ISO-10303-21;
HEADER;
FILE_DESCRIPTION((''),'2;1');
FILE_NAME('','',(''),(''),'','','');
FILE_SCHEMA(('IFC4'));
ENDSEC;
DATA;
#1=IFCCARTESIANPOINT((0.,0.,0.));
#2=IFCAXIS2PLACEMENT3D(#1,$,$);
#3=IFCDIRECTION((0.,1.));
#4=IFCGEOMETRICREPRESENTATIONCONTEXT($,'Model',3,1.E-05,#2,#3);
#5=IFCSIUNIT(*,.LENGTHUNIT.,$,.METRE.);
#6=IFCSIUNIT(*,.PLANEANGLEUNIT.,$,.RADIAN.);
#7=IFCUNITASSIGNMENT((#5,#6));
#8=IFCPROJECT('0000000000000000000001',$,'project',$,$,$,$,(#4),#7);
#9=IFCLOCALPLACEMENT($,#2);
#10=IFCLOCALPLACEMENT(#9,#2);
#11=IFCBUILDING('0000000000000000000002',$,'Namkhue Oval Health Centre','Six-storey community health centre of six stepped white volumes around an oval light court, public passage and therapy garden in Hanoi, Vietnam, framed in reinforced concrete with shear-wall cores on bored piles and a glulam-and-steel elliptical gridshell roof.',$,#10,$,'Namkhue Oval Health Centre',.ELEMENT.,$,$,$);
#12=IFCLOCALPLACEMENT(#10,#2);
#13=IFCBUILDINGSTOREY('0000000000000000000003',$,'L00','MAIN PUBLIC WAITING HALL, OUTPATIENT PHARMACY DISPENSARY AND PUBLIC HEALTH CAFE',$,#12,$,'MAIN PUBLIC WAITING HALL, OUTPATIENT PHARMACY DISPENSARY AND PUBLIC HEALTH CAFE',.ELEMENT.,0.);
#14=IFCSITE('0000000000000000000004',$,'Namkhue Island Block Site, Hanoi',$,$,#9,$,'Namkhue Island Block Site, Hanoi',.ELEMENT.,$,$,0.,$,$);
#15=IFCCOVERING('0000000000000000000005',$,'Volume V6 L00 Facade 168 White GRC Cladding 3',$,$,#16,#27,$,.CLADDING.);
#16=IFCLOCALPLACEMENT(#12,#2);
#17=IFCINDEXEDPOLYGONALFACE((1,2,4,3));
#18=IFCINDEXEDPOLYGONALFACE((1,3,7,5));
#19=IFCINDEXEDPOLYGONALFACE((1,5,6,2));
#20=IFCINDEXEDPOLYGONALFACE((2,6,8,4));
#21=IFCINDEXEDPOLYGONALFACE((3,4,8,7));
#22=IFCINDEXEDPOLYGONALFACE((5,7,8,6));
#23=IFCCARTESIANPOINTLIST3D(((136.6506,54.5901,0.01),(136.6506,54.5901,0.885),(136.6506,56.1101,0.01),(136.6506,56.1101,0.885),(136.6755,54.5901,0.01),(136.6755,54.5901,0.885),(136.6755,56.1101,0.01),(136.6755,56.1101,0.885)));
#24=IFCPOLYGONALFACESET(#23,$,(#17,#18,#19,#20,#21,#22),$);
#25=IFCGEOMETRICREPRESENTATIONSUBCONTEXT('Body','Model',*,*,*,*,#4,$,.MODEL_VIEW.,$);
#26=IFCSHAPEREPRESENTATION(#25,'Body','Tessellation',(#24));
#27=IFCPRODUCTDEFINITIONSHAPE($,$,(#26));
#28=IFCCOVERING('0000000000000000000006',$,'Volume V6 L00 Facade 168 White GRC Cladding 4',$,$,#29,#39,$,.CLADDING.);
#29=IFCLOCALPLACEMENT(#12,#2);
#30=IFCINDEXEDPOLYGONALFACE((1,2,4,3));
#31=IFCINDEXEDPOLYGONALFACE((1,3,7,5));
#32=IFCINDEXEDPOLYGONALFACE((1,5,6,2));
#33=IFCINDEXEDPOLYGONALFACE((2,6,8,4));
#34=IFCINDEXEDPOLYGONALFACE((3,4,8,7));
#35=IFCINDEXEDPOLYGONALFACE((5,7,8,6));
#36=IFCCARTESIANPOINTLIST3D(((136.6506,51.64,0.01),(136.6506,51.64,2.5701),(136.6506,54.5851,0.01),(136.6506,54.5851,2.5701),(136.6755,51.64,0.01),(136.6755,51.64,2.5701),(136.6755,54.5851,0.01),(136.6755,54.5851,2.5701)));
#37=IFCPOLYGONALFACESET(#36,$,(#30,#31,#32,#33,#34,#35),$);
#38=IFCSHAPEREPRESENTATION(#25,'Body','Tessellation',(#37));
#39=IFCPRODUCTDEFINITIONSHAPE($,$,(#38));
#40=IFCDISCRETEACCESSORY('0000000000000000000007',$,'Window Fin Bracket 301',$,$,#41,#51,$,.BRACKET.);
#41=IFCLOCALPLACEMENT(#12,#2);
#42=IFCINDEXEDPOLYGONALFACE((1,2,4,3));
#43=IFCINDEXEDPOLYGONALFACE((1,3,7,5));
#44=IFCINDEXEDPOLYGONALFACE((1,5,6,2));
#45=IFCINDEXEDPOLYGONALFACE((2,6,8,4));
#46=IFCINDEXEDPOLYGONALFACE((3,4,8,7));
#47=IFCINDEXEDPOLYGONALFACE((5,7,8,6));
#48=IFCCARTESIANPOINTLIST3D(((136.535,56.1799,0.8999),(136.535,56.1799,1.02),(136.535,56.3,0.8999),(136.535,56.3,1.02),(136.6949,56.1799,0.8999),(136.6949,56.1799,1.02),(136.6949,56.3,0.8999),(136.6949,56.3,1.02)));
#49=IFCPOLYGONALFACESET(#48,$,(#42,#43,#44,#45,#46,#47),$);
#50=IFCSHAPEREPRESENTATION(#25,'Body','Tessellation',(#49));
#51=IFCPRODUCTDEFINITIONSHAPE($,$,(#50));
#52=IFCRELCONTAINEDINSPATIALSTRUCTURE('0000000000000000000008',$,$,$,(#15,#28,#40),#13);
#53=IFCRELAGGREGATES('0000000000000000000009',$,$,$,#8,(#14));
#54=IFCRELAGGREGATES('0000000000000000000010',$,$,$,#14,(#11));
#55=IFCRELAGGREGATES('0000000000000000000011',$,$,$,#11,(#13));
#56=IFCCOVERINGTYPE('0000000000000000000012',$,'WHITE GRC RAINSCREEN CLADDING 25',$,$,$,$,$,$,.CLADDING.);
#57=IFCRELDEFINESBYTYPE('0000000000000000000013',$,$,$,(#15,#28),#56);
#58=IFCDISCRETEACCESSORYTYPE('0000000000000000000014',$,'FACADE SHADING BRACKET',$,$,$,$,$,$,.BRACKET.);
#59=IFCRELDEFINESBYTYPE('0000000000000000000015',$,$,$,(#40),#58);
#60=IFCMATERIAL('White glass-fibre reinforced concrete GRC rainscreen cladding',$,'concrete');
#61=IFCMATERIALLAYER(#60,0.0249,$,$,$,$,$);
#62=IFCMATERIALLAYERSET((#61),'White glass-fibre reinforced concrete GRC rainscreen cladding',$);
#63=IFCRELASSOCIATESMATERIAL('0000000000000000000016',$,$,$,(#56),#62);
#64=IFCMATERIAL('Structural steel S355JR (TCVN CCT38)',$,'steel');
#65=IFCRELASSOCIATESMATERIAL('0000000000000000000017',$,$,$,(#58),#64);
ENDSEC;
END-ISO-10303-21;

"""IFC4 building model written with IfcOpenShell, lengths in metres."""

from ifc_helpers import new_model, si_unit, direction, frame, origin, origin_2d, place, context, subcontext, project, spatial, rectangle, extrude, material, layer, layer_set, type_object, element, save


model = new_model("IFC4")

# Units and contexts
model_context = context("Model", 3, precision=1e-05, world=origin(), true_north=direction((0.0, 1.0)))
body_context = subcontext(model_context, "Body", "Model", "MODEL_VIEW")
ifc_project = project(units=[si_unit("LENGTHUNIT", "METRE"), si_unit("PLANEANGLEUNIT", "RADIAN")], contexts=[model_context])

# Site, building, storey
site_placement = place(None, origin())
site = spatial("IfcSite", under=ifc_project, at=site_placement, Name="Namkhue Island Block Site, Hanoi", LongName="Namkhue Island Block Site, Hanoi", CompositionType="ELEMENT", RefElevation=0.0)
building_placement = place(site_placement, origin())
building = spatial("IfcBuilding", under=site, at=building_placement, Name="Namkhue Oval Health Centre", Description="Six-storey community health centre of six stepped white volumes around an oval light court, public passage and therapy garden in Hanoi, Vietnam, framed in reinforced concrete with shear-wall cores on bored piles and a glulam-and-steel elliptical gridshell roof.", LongName="Namkhue Oval Health Centre", CompositionType="ELEMENT")
storey_placement = place(building_placement, origin())
storey = spatial("IfcBuildingStorey", under=building, at=storey_placement, Name="L00", Description="MAIN PUBLIC WAITING HALL, OUTPATIENT PHARMACY DISPENSARY AND PUBLIC HEALTH CAFE", LongName="MAIN PUBLIC WAITING HALL, OUTPATIENT PHARMACY DISPENSARY AND PUBLIC HEALTH CAFE", CompositionType="ELEMENT", Elevation=0.0)

# Coverings
ifc_material_1 = material(Name="White glass-fibre reinforced concrete GRC rainscreen cladding", Category="concrete")
ifc_layer_1 = layer(ifc_material_1, 0.0249)
ifc_layer_set_1 = layer_set([ifc_layer_1], Name="White glass-fibre reinforced concrete GRC rainscreen cladding")
covering_type = type_object("IfcCoveringType", Name="WHITE GRC RAINSCREEN CLADDING 25", PredefinedType="CLADDING", material=ifc_layer_set_1)
covering_1_placement = place(storey_placement, frame((136.6631, 55.3501, 0.01), z_axis=(0.0, 0.0, 1.0), x_axis=(0.0, -1.0, 0.0)))
element("IfcCovering", 1, at=covering_1_placement, inside=storey, type_object=covering_type, Name="Volume V6 L00 Facade 168 White GRC Cladding 3", PredefinedType="CLADDING", context=body_context, shape_type="SweptSolid", body=[
    extrude(rectangle(XDim=1.52, YDim=0.0249, at=origin_2d()), origin(), (0.0, 0.0, 1.0), 0.875),
])
covering_2_placement = place(storey_placement, frame((136.6631, 53.1125, 0.01), z_axis=(0.0, 0.0, 1.0), x_axis=(0.0, -1.0, 0.0)))
element("IfcCovering", 2, at=covering_2_placement, inside=storey, type_object=covering_type, Name="Volume V6 L00 Facade 168 White GRC Cladding 4", PredefinedType="CLADDING", context=body_context, shape_type="SweptSolid", body=[
    extrude(rectangle(XDim=2.9451, YDim=0.0249, at=origin_2d()), origin(), (0.0, 0.0, 1.0), 2.5601),
])

# Discrete accessory
ifc_material_2 = material(Name="Structural steel S355JR (TCVN CCT38)", Category="steel")
discrete_accessory_type = type_object("IfcDiscreteAccessoryType", Name="FACADE SHADING BRACKET", PredefinedType="BRACKET", material=ifc_material_2)
discrete_accessory_placement = place(storey_placement, frame((136.615, 56.24, 0.8999), z_axis=(0.0, 0.0, 1.0), x_axis=(-1.0, 0.0, 0.0)))
element("IfcDiscreteAccessory", 3, at=discrete_accessory_placement, inside=storey, type_object=discrete_accessory_type, Name="Window Fin Bracket 301", PredefinedType="BRACKET", context=body_context, shape_type="SweptSolid", body=[
    extrude(rectangle(XDim=0.1599, YDim=0.1201, at=origin_2d()), origin(), (0.0, 0.0, 1.0), 0.1201),
])

save(model, "model.ifc")
